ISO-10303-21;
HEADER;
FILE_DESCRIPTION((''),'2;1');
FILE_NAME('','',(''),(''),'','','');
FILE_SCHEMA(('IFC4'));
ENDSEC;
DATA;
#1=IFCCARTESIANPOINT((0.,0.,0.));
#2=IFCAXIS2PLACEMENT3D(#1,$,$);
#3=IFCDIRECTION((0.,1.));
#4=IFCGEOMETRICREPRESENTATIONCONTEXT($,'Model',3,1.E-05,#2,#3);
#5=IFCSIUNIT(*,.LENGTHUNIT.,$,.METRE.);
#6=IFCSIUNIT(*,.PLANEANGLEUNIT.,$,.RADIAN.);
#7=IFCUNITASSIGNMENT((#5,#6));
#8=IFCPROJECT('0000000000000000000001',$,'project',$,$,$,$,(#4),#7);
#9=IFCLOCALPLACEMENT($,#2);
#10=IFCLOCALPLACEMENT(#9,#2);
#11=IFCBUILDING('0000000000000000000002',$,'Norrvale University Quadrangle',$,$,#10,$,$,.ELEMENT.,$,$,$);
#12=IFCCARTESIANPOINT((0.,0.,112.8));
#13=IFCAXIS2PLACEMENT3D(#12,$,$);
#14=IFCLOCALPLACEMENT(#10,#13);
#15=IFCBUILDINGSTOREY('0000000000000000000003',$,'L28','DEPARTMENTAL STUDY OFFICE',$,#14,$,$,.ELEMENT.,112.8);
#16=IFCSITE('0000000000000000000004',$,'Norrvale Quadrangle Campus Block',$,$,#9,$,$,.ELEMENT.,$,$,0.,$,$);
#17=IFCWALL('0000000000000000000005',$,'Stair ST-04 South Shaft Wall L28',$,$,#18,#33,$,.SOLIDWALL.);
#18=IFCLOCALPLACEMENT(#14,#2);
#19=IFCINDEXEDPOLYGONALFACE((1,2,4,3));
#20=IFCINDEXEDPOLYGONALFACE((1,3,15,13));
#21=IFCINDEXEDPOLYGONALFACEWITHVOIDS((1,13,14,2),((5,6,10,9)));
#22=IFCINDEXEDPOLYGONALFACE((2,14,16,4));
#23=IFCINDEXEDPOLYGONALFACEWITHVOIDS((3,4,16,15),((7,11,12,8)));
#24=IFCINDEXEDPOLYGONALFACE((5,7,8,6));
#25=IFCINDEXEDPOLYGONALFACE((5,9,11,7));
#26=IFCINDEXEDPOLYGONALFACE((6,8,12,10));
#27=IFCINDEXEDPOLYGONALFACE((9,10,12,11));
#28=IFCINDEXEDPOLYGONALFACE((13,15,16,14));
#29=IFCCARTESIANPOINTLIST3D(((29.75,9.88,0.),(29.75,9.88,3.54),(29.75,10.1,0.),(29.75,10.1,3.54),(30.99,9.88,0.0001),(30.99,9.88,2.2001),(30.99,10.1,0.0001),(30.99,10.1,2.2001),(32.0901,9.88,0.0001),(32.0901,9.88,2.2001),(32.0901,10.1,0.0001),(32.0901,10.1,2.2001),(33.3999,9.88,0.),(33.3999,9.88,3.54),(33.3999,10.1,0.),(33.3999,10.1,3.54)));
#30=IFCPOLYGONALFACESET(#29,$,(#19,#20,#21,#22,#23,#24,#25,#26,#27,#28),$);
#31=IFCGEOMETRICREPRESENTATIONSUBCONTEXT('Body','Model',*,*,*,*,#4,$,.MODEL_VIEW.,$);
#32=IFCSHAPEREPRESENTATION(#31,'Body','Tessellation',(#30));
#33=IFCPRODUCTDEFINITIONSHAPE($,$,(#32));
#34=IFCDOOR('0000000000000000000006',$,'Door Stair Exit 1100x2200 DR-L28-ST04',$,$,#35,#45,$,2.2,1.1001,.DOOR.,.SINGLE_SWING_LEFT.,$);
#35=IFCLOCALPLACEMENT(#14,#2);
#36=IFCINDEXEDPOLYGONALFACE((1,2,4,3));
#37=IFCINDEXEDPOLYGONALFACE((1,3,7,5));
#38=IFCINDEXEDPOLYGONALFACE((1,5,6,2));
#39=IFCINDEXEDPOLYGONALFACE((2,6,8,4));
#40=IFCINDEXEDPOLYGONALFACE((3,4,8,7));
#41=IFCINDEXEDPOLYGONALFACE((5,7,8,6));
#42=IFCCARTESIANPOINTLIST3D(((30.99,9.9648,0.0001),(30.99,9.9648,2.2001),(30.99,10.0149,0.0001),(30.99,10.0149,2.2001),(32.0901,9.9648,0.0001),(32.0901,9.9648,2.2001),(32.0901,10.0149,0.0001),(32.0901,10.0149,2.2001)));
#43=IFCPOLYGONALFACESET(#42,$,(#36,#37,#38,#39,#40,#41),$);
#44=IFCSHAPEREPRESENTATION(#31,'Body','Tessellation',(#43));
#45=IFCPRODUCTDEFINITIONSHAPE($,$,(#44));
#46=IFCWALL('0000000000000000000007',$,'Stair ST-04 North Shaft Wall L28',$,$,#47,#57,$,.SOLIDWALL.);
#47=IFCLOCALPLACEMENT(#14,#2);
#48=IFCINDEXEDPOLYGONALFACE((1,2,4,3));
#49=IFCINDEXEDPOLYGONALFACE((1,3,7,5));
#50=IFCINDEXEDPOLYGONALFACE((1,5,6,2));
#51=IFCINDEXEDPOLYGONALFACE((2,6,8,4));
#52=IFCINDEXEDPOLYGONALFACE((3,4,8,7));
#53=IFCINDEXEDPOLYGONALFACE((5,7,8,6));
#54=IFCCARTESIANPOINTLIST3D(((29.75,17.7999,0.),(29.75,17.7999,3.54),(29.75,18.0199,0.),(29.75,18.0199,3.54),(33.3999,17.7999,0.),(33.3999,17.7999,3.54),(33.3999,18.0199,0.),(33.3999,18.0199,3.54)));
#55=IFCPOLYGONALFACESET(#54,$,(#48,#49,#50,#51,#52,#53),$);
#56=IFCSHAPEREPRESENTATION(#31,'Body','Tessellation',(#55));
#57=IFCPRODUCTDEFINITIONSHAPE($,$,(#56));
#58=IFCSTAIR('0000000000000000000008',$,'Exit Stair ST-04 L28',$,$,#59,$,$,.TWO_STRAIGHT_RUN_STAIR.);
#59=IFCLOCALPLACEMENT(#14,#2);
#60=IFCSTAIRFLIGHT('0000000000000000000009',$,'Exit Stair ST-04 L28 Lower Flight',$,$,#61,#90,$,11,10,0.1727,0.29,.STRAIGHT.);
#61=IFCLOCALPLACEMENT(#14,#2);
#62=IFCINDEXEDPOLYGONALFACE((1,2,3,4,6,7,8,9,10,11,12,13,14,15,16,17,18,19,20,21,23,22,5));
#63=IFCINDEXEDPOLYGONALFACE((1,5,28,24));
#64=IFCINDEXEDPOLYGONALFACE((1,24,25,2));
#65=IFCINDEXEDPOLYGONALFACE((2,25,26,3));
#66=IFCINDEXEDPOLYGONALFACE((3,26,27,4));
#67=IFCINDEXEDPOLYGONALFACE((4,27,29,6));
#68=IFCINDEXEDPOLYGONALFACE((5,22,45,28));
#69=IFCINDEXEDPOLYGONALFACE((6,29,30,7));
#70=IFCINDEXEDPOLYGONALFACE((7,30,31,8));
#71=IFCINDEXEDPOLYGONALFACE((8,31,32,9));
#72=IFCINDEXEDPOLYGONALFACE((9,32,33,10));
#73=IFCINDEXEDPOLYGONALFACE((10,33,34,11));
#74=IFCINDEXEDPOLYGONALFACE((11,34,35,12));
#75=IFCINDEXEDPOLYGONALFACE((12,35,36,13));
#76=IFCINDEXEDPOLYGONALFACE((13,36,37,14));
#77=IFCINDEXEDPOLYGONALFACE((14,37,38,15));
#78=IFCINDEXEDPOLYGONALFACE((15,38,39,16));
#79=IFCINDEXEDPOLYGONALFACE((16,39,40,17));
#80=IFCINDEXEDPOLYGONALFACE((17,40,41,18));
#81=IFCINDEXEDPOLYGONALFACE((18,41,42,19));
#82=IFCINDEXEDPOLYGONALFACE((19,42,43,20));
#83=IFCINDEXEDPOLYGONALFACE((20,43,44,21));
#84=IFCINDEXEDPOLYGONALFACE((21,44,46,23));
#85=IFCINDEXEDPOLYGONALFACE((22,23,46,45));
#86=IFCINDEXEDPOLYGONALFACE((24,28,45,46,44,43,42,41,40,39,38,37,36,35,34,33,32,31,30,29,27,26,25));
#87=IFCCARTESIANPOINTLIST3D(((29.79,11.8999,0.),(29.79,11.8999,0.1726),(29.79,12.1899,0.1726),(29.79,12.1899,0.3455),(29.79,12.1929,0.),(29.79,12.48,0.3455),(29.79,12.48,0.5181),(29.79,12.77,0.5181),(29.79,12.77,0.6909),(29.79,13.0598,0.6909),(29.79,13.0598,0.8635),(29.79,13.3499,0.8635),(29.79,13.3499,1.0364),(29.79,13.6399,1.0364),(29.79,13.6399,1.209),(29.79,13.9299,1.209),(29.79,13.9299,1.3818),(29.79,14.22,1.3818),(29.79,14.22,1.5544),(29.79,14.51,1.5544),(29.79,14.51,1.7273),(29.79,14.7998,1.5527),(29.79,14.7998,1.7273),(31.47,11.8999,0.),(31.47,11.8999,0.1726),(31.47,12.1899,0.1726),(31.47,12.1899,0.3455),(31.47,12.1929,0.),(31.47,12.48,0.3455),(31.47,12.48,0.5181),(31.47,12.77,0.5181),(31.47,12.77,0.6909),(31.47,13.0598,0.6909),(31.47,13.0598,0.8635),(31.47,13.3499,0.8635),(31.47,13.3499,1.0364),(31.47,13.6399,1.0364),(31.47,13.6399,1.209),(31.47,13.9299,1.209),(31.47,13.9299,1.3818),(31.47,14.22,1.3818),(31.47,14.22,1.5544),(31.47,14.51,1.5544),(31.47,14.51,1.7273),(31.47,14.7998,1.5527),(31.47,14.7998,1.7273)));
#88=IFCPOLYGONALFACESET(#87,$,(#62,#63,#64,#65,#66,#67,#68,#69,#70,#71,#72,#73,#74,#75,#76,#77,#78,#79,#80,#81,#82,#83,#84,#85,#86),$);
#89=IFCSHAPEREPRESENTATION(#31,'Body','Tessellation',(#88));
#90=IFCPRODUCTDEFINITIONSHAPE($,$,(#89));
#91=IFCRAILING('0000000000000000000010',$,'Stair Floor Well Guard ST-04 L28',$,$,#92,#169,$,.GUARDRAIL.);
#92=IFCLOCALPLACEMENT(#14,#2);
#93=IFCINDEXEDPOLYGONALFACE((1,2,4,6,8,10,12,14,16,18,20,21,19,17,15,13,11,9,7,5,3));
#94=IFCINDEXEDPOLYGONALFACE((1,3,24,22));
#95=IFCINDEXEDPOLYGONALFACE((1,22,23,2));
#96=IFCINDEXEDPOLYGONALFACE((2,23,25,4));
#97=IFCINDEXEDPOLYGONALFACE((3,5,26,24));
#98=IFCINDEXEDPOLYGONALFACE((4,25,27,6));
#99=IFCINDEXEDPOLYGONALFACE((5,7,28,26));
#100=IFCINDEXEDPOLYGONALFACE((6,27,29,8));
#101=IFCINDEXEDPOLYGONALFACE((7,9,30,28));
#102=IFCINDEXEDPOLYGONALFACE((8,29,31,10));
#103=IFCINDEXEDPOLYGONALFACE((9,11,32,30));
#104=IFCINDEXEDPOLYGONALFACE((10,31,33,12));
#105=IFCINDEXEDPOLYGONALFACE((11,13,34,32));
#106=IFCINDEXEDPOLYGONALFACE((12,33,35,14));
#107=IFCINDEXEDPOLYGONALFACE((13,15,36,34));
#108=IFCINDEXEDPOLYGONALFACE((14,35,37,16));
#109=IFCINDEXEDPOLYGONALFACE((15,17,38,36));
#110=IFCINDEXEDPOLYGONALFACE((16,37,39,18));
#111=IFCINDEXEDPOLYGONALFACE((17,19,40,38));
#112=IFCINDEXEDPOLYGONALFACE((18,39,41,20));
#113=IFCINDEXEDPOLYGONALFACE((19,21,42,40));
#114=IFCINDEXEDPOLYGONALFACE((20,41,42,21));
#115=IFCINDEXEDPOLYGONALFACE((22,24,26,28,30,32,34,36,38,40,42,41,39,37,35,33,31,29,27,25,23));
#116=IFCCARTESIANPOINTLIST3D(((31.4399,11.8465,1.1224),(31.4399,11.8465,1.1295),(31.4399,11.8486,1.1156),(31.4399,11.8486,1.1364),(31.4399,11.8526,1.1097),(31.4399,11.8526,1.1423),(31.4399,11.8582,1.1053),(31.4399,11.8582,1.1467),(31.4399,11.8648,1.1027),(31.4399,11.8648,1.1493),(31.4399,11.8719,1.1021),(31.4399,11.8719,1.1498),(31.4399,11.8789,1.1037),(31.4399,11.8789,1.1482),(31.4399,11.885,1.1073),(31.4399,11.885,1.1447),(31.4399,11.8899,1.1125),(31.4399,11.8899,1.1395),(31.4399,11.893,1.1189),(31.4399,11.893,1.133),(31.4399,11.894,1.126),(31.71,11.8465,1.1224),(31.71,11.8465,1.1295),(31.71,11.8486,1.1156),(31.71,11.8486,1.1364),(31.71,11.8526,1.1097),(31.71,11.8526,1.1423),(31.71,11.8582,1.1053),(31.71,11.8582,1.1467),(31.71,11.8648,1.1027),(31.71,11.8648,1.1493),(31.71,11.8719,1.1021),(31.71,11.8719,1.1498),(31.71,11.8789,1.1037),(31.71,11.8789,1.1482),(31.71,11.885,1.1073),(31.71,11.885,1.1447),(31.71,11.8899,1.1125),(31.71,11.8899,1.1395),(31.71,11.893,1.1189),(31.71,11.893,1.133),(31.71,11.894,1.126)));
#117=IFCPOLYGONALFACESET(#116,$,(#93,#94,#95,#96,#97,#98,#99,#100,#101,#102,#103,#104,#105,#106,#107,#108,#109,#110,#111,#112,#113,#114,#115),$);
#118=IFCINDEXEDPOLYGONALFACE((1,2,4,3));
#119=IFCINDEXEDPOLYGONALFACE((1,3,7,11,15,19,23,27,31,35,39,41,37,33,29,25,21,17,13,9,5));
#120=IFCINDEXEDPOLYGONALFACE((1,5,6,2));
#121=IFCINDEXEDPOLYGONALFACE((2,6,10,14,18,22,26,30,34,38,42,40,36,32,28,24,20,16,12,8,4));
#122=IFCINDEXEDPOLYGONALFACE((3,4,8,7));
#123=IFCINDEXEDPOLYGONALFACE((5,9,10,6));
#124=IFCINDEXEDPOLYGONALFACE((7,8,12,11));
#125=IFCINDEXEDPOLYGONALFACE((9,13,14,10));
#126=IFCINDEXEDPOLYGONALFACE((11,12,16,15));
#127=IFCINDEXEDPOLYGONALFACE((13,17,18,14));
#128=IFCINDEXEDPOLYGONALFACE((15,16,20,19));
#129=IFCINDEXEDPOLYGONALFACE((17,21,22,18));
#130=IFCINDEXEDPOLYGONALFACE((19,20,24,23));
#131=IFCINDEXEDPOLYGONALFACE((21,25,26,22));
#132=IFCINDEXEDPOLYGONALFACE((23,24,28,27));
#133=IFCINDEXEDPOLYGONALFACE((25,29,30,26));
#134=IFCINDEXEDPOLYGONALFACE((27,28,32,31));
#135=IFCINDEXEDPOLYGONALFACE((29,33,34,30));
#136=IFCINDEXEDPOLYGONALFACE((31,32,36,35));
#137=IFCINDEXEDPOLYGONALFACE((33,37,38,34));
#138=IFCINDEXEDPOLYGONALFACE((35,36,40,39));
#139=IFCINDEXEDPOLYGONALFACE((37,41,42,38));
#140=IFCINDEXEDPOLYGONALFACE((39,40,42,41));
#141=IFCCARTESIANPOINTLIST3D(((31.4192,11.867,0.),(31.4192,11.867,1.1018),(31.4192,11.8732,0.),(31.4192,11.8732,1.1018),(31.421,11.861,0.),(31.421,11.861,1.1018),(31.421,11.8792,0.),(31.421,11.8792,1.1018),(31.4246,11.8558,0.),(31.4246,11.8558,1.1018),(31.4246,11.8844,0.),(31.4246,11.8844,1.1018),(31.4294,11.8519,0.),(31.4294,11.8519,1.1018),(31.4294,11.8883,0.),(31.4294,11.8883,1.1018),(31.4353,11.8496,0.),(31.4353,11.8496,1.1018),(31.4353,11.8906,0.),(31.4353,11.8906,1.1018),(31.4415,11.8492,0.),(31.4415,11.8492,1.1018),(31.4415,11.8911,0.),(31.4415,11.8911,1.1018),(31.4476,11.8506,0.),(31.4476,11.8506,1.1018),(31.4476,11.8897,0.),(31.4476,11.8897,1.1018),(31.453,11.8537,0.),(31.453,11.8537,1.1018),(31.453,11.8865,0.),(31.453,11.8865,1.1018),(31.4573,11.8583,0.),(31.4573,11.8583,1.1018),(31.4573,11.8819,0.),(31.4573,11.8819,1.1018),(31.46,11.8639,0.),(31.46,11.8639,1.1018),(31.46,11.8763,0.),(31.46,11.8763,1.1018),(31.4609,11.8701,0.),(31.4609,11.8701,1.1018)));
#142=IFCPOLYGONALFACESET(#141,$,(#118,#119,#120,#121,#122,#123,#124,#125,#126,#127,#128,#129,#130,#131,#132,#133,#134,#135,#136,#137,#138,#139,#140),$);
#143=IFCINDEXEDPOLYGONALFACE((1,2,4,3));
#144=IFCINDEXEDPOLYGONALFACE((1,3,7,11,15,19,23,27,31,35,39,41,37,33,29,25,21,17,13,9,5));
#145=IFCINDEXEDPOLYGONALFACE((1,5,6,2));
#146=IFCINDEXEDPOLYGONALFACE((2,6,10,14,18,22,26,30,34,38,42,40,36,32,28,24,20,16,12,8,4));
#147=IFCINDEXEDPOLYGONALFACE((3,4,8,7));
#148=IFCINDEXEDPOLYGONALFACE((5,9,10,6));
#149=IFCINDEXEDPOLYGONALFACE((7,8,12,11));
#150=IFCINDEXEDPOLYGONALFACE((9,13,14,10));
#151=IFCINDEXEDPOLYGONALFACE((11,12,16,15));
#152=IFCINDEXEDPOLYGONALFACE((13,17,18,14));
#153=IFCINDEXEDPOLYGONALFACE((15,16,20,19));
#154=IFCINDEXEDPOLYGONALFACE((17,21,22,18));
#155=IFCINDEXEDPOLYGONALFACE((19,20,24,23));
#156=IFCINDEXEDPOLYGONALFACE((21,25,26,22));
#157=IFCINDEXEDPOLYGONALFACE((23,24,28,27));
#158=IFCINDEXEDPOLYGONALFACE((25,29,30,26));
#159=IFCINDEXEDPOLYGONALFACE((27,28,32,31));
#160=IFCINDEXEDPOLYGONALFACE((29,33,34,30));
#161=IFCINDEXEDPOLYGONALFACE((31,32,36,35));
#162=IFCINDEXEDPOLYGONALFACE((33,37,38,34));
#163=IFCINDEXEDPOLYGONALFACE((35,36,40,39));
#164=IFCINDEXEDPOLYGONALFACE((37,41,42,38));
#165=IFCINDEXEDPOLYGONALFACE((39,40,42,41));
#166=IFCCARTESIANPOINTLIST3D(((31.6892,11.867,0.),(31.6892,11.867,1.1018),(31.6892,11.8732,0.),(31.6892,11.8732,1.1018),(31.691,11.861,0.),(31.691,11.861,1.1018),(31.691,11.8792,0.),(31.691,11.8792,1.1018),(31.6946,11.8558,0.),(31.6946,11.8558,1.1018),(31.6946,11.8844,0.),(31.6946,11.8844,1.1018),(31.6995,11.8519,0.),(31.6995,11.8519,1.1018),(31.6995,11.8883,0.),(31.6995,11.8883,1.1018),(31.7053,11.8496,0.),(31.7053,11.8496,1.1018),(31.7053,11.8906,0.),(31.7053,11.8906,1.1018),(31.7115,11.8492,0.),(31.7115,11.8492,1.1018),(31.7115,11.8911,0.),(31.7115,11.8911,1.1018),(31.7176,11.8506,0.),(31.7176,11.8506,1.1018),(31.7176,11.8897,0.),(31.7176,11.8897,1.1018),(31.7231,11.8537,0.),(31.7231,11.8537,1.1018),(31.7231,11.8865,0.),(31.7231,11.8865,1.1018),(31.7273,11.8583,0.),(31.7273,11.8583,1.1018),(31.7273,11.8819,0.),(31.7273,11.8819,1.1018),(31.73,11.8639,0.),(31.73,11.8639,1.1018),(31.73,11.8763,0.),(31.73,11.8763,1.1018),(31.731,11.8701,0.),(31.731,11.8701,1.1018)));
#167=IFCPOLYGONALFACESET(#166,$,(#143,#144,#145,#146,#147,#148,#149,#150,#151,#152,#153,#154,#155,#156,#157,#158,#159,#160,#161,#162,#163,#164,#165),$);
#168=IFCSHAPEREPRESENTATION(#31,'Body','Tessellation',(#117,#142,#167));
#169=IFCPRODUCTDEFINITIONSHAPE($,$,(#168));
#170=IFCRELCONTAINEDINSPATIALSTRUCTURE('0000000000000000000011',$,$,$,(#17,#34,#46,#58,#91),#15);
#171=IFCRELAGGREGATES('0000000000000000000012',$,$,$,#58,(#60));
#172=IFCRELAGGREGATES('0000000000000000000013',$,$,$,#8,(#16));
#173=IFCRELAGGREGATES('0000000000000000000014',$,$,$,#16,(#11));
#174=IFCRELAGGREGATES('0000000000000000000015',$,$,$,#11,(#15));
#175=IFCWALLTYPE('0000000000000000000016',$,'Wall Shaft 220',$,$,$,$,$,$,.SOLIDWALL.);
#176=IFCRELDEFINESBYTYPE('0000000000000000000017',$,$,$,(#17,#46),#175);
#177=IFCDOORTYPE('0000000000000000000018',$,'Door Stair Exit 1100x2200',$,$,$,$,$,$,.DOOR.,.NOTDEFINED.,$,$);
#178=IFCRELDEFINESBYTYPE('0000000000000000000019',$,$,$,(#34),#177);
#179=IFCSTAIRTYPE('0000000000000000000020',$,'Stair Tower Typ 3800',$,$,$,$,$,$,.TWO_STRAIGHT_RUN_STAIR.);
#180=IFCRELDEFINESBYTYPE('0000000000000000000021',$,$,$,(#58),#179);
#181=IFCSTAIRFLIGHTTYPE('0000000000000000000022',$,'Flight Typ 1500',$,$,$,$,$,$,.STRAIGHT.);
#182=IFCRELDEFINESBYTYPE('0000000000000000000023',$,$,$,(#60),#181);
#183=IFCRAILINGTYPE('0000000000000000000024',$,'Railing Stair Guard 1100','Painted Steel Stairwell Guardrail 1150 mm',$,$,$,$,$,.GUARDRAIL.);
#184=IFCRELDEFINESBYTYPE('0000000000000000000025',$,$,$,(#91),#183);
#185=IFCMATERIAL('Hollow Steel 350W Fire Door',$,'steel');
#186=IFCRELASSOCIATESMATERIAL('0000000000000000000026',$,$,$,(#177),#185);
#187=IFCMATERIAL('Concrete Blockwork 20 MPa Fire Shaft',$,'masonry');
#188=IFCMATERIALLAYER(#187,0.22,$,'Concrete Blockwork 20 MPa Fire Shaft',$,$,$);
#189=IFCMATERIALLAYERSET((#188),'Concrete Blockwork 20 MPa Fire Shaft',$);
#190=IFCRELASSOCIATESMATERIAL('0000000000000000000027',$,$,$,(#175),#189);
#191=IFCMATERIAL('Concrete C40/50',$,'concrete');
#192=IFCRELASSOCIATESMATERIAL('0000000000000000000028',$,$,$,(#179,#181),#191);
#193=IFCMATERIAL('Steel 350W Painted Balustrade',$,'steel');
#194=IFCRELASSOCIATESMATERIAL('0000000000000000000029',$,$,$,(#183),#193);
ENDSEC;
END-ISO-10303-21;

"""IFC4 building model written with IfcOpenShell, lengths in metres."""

from ifc_helpers import new_model, si_unit, direction, frame, frame_2d, origin, origin_2d, place, context, subcontext, project, spatial, polyline, rectangle, circle, outline, extrude, material, layer, layer_set, type_object, element, fill, aggregate, save


model = new_model("IFC4")

# Units and contexts
model_context = context("Model", 3, precision=1e-05, world=origin(), true_north=direction((0.0, 1.0)))
body_context = subcontext(model_context, "Body", "Model", "MODEL_VIEW")
ifc_project = project(units=[si_unit("LENGTHUNIT", "METRE"), si_unit("PLANEANGLEUNIT", "RADIAN")], contexts=[model_context])

# Site, building, storey
site_placement = place(None, origin())
site = spatial("IfcSite", under=ifc_project, at=site_placement, Name="Norrvale Quadrangle Campus Block", CompositionType="ELEMENT", RefElevation=0.0)
building_placement = place(site_placement, origin())
building = spatial("IfcBuilding", under=site, at=building_placement, Name="Norrvale University Quadrangle", CompositionType="ELEMENT")
storey_placement = place(building_placement, frame((0.0, 0.0, 112.8)))
storey = spatial("IfcBuildingStorey", under=building, at=storey_placement, Name="L28", Description="DEPARTMENTAL STUDY OFFICE", CompositionType="ELEMENT", Elevation=112.8)

# Shared definitions
ifc_material_1 = material(Name="Hollow Steel 350W Fire Door", Category="steel")
door_type_1 = type_object("IfcDoorType", Name="Door Stair Exit 1100x2200", OperationType="NOTDEFINED", PredefinedType="DOOR", material=ifc_material_1)

# Wall, opening, door
ifc_material_2 = material(Name="Concrete Blockwork 20 MPa Fire Shaft", Category="masonry")
ifc_layer_1 = layer(ifc_material_2, 0.22, Name="Concrete Blockwork 20 MPa Fire Shaft")
ifc_layer_set_1 = layer_set([ifc_layer_1], Name="Concrete Blockwork 20 MPa Fire Shaft")
wall_type_1 = type_object("IfcWallType", Name="Wall Shaft 220", PredefinedType="SOLIDWALL", material=ifc_layer_set_1)
wall_1_placement = place(storey_placement, frame((29.75, 9.99, 0.0), z_axis=(0.0, 0.0, 1.0), x_axis=(1.0, 0.0, 0.0)))
wall_1 = element("IfcWall", 1, at=wall_1_placement, inside=storey, type_object=wall_type_1, Name="Stair ST-04 South Shaft Wall L28", PredefinedType="SOLIDWALL", context=body_context, shape_type="SweptSolid", body=[
    extrude(rectangle(XDim=3.6499, YDim=0.22, at=frame_2d((1.825, 0.0))), origin(), (0.0, 0.0, 1.0), 3.54),
])
opening_1_placement = place(wall_1_placement, frame((1.24, 0.0, 0.0)))
opening_1 = element("IfcOpeningElement", 2, at=opening_1_placement, cuts=wall_1, PredefinedType="OPENING", context=body_context, shape_type="SweptSolid", body=[
    extrude(rectangle(XDim=1.1001, YDim=2.2, at=frame_2d((0.55, 1.1001))), frame((0.0, 0.1221, 0.0), z_axis=(0.0, -1.0, 0.0), x_axis=(1.0, 0.0, 0.0)), (0.0, 0.0, 1.0), 0.2439),
])
door_1_placement = place(opening_1_placement, origin())
door_1 = element("IfcDoor", 3, at=door_1_placement, inside=storey, type_object=door_type_1, Name="Door Stair Exit 1100x2200 DR-L28-ST04", OperationType="SINGLE_SWING_LEFT", OverallHeight=2.2, OverallWidth=1.1001, PredefinedType="DOOR", context=body_context, shape_type="SweptSolid", body=[
    extrude(rectangle(XDim=1.1001, YDim=2.2, at=frame_2d((0.55, 1.1001))), frame((0.0, 0.0249, 0.0), z_axis=(0.0, -1.0, 0.0), x_axis=(1.0, 0.0, 0.0)), (0.0, 0.0, 1.0), 0.05),
])
fill(opening_1, door_1)

# Wall
wall_2_placement = place(storey_placement, frame((29.75, 17.9099, 0.0), z_axis=(0.0, 0.0, 1.0), x_axis=(1.0, 0.0, 0.0)))
element("IfcWall", 4, at=wall_2_placement, inside=storey, type_object=wall_type_1, Name="Stair ST-04 North Shaft Wall L28", PredefinedType="SOLIDWALL", context=body_context, shape_type="SweptSolid", body=[
    extrude(rectangle(XDim=3.6499, YDim=0.22, at=frame_2d((1.825, 0.0))), origin(), (0.0, 0.0, 1.0), 3.54),
])

# Stair, stair flight
ifc_material_3 = material(Name="Concrete C40/50", Category="concrete")
stair_type = type_object("IfcStairType", Name="Stair Tower Typ 3800", PredefinedType="TWO_STRAIGHT_RUN_STAIR", material=ifc_material_3)
stair_placement = place(storey_placement, origin())
stair = element("IfcStair", 5, at=stair_placement, inside=storey, type_object=stair_type, Name="Exit Stair ST-04 L28", PredefinedType="TWO_STRAIGHT_RUN_STAIR")
stair_flight_type = type_object("IfcStairFlightType", Name="Flight Typ 1500", PredefinedType="STRAIGHT", material=ifc_material_3)
stair_flight_placement = place(storey_placement, frame((30.6299, 11.8999, 0.0), z_axis=(0.0, 0.0, 1.0), x_axis=(0.0, 1.0, 0.0)))
stair_flight = element("IfcStairFlight", 6, at=stair_flight_placement, type_object=stair_flight_type, Name="Exit Stair ST-04 L28 Lower Flight", NumberOfRisers=11, NumberOfTreads=10, PredefinedType="STRAIGHT", RiserHeight=0.1727, TreadLength=0.29, context=body_context, shape_type="SweptSolid", body=[
    extrude(outline(polyline([(0.0, 0.0), (0.0, 0.1726), (0.29, 0.1726), (0.29, 0.3455), (0.5801, 0.3455), (0.5801, 0.5181), (0.8701, 0.5181), (0.8701, 0.6909), (1.1599, 0.6909), (1.1599, 0.8635), (1.45, 0.8635), (1.45, 1.0364), (1.74, 1.0364), (1.74, 1.209), (2.03, 1.209), (2.03, 1.3818), (2.3201, 1.3818), (2.3201, 1.5544), (2.6101, 1.5544), (2.6101, 1.7273), (2.8999, 1.7273), (2.8999, 1.8999), (2.8999, 1.5527), (0.293, 0.0), (0.0, 0.0)])), frame((0.0, 0.8398, 0.0), z_axis=(0.0, -1.0, 0.0), x_axis=(1.0, 0.0, 0.0)), (0.0, 0.0, 1.0), 1.6799),
])
aggregate(stair, [stair_flight])

# Railing
ifc_material_4 = material(Name="Steel 350W Painted Balustrade", Category="steel")
railing_type_1 = type_object("IfcRailingType", Name="Railing Stair Guard 1100", Description="Painted Steel Stairwell Guardrail 1150 mm", PredefinedType="GUARDRAIL", material=ifc_material_4)
for number, where, name in (
    (7, (31.4399, 11.8701, 0.0), "Stair Floor Well Guard ST-04 L28"),
):
    element("IfcRailing", number, at=place(storey_placement, frame(where)), inside=storey, type_object=railing_type_1, Name=name, PredefinedType="GUARDRAIL", context=body_context, shape_type="SweptSolid", body=[
        extrude(circle(Radius=0.0239, at=origin_2d()), frame((0.0, 0.0, 1.126), z_axis=(1.0, 0.0, 0.0), x_axis=(0.0, 1.0, 0.0)), (0.0, 0.0, 1.0), 0.27),
        extrude(circle(Radius=0.021, at=origin_2d()), origin(), (0.0, 0.0, 1.0), 1.1018),
        extrude(circle(Radius=0.021, at=origin_2d()), frame((0.27, 0.0, 0.0)), (0.0, 0.0, 1.0), 1.1018),
    ])

save(model, "model.ifc")
